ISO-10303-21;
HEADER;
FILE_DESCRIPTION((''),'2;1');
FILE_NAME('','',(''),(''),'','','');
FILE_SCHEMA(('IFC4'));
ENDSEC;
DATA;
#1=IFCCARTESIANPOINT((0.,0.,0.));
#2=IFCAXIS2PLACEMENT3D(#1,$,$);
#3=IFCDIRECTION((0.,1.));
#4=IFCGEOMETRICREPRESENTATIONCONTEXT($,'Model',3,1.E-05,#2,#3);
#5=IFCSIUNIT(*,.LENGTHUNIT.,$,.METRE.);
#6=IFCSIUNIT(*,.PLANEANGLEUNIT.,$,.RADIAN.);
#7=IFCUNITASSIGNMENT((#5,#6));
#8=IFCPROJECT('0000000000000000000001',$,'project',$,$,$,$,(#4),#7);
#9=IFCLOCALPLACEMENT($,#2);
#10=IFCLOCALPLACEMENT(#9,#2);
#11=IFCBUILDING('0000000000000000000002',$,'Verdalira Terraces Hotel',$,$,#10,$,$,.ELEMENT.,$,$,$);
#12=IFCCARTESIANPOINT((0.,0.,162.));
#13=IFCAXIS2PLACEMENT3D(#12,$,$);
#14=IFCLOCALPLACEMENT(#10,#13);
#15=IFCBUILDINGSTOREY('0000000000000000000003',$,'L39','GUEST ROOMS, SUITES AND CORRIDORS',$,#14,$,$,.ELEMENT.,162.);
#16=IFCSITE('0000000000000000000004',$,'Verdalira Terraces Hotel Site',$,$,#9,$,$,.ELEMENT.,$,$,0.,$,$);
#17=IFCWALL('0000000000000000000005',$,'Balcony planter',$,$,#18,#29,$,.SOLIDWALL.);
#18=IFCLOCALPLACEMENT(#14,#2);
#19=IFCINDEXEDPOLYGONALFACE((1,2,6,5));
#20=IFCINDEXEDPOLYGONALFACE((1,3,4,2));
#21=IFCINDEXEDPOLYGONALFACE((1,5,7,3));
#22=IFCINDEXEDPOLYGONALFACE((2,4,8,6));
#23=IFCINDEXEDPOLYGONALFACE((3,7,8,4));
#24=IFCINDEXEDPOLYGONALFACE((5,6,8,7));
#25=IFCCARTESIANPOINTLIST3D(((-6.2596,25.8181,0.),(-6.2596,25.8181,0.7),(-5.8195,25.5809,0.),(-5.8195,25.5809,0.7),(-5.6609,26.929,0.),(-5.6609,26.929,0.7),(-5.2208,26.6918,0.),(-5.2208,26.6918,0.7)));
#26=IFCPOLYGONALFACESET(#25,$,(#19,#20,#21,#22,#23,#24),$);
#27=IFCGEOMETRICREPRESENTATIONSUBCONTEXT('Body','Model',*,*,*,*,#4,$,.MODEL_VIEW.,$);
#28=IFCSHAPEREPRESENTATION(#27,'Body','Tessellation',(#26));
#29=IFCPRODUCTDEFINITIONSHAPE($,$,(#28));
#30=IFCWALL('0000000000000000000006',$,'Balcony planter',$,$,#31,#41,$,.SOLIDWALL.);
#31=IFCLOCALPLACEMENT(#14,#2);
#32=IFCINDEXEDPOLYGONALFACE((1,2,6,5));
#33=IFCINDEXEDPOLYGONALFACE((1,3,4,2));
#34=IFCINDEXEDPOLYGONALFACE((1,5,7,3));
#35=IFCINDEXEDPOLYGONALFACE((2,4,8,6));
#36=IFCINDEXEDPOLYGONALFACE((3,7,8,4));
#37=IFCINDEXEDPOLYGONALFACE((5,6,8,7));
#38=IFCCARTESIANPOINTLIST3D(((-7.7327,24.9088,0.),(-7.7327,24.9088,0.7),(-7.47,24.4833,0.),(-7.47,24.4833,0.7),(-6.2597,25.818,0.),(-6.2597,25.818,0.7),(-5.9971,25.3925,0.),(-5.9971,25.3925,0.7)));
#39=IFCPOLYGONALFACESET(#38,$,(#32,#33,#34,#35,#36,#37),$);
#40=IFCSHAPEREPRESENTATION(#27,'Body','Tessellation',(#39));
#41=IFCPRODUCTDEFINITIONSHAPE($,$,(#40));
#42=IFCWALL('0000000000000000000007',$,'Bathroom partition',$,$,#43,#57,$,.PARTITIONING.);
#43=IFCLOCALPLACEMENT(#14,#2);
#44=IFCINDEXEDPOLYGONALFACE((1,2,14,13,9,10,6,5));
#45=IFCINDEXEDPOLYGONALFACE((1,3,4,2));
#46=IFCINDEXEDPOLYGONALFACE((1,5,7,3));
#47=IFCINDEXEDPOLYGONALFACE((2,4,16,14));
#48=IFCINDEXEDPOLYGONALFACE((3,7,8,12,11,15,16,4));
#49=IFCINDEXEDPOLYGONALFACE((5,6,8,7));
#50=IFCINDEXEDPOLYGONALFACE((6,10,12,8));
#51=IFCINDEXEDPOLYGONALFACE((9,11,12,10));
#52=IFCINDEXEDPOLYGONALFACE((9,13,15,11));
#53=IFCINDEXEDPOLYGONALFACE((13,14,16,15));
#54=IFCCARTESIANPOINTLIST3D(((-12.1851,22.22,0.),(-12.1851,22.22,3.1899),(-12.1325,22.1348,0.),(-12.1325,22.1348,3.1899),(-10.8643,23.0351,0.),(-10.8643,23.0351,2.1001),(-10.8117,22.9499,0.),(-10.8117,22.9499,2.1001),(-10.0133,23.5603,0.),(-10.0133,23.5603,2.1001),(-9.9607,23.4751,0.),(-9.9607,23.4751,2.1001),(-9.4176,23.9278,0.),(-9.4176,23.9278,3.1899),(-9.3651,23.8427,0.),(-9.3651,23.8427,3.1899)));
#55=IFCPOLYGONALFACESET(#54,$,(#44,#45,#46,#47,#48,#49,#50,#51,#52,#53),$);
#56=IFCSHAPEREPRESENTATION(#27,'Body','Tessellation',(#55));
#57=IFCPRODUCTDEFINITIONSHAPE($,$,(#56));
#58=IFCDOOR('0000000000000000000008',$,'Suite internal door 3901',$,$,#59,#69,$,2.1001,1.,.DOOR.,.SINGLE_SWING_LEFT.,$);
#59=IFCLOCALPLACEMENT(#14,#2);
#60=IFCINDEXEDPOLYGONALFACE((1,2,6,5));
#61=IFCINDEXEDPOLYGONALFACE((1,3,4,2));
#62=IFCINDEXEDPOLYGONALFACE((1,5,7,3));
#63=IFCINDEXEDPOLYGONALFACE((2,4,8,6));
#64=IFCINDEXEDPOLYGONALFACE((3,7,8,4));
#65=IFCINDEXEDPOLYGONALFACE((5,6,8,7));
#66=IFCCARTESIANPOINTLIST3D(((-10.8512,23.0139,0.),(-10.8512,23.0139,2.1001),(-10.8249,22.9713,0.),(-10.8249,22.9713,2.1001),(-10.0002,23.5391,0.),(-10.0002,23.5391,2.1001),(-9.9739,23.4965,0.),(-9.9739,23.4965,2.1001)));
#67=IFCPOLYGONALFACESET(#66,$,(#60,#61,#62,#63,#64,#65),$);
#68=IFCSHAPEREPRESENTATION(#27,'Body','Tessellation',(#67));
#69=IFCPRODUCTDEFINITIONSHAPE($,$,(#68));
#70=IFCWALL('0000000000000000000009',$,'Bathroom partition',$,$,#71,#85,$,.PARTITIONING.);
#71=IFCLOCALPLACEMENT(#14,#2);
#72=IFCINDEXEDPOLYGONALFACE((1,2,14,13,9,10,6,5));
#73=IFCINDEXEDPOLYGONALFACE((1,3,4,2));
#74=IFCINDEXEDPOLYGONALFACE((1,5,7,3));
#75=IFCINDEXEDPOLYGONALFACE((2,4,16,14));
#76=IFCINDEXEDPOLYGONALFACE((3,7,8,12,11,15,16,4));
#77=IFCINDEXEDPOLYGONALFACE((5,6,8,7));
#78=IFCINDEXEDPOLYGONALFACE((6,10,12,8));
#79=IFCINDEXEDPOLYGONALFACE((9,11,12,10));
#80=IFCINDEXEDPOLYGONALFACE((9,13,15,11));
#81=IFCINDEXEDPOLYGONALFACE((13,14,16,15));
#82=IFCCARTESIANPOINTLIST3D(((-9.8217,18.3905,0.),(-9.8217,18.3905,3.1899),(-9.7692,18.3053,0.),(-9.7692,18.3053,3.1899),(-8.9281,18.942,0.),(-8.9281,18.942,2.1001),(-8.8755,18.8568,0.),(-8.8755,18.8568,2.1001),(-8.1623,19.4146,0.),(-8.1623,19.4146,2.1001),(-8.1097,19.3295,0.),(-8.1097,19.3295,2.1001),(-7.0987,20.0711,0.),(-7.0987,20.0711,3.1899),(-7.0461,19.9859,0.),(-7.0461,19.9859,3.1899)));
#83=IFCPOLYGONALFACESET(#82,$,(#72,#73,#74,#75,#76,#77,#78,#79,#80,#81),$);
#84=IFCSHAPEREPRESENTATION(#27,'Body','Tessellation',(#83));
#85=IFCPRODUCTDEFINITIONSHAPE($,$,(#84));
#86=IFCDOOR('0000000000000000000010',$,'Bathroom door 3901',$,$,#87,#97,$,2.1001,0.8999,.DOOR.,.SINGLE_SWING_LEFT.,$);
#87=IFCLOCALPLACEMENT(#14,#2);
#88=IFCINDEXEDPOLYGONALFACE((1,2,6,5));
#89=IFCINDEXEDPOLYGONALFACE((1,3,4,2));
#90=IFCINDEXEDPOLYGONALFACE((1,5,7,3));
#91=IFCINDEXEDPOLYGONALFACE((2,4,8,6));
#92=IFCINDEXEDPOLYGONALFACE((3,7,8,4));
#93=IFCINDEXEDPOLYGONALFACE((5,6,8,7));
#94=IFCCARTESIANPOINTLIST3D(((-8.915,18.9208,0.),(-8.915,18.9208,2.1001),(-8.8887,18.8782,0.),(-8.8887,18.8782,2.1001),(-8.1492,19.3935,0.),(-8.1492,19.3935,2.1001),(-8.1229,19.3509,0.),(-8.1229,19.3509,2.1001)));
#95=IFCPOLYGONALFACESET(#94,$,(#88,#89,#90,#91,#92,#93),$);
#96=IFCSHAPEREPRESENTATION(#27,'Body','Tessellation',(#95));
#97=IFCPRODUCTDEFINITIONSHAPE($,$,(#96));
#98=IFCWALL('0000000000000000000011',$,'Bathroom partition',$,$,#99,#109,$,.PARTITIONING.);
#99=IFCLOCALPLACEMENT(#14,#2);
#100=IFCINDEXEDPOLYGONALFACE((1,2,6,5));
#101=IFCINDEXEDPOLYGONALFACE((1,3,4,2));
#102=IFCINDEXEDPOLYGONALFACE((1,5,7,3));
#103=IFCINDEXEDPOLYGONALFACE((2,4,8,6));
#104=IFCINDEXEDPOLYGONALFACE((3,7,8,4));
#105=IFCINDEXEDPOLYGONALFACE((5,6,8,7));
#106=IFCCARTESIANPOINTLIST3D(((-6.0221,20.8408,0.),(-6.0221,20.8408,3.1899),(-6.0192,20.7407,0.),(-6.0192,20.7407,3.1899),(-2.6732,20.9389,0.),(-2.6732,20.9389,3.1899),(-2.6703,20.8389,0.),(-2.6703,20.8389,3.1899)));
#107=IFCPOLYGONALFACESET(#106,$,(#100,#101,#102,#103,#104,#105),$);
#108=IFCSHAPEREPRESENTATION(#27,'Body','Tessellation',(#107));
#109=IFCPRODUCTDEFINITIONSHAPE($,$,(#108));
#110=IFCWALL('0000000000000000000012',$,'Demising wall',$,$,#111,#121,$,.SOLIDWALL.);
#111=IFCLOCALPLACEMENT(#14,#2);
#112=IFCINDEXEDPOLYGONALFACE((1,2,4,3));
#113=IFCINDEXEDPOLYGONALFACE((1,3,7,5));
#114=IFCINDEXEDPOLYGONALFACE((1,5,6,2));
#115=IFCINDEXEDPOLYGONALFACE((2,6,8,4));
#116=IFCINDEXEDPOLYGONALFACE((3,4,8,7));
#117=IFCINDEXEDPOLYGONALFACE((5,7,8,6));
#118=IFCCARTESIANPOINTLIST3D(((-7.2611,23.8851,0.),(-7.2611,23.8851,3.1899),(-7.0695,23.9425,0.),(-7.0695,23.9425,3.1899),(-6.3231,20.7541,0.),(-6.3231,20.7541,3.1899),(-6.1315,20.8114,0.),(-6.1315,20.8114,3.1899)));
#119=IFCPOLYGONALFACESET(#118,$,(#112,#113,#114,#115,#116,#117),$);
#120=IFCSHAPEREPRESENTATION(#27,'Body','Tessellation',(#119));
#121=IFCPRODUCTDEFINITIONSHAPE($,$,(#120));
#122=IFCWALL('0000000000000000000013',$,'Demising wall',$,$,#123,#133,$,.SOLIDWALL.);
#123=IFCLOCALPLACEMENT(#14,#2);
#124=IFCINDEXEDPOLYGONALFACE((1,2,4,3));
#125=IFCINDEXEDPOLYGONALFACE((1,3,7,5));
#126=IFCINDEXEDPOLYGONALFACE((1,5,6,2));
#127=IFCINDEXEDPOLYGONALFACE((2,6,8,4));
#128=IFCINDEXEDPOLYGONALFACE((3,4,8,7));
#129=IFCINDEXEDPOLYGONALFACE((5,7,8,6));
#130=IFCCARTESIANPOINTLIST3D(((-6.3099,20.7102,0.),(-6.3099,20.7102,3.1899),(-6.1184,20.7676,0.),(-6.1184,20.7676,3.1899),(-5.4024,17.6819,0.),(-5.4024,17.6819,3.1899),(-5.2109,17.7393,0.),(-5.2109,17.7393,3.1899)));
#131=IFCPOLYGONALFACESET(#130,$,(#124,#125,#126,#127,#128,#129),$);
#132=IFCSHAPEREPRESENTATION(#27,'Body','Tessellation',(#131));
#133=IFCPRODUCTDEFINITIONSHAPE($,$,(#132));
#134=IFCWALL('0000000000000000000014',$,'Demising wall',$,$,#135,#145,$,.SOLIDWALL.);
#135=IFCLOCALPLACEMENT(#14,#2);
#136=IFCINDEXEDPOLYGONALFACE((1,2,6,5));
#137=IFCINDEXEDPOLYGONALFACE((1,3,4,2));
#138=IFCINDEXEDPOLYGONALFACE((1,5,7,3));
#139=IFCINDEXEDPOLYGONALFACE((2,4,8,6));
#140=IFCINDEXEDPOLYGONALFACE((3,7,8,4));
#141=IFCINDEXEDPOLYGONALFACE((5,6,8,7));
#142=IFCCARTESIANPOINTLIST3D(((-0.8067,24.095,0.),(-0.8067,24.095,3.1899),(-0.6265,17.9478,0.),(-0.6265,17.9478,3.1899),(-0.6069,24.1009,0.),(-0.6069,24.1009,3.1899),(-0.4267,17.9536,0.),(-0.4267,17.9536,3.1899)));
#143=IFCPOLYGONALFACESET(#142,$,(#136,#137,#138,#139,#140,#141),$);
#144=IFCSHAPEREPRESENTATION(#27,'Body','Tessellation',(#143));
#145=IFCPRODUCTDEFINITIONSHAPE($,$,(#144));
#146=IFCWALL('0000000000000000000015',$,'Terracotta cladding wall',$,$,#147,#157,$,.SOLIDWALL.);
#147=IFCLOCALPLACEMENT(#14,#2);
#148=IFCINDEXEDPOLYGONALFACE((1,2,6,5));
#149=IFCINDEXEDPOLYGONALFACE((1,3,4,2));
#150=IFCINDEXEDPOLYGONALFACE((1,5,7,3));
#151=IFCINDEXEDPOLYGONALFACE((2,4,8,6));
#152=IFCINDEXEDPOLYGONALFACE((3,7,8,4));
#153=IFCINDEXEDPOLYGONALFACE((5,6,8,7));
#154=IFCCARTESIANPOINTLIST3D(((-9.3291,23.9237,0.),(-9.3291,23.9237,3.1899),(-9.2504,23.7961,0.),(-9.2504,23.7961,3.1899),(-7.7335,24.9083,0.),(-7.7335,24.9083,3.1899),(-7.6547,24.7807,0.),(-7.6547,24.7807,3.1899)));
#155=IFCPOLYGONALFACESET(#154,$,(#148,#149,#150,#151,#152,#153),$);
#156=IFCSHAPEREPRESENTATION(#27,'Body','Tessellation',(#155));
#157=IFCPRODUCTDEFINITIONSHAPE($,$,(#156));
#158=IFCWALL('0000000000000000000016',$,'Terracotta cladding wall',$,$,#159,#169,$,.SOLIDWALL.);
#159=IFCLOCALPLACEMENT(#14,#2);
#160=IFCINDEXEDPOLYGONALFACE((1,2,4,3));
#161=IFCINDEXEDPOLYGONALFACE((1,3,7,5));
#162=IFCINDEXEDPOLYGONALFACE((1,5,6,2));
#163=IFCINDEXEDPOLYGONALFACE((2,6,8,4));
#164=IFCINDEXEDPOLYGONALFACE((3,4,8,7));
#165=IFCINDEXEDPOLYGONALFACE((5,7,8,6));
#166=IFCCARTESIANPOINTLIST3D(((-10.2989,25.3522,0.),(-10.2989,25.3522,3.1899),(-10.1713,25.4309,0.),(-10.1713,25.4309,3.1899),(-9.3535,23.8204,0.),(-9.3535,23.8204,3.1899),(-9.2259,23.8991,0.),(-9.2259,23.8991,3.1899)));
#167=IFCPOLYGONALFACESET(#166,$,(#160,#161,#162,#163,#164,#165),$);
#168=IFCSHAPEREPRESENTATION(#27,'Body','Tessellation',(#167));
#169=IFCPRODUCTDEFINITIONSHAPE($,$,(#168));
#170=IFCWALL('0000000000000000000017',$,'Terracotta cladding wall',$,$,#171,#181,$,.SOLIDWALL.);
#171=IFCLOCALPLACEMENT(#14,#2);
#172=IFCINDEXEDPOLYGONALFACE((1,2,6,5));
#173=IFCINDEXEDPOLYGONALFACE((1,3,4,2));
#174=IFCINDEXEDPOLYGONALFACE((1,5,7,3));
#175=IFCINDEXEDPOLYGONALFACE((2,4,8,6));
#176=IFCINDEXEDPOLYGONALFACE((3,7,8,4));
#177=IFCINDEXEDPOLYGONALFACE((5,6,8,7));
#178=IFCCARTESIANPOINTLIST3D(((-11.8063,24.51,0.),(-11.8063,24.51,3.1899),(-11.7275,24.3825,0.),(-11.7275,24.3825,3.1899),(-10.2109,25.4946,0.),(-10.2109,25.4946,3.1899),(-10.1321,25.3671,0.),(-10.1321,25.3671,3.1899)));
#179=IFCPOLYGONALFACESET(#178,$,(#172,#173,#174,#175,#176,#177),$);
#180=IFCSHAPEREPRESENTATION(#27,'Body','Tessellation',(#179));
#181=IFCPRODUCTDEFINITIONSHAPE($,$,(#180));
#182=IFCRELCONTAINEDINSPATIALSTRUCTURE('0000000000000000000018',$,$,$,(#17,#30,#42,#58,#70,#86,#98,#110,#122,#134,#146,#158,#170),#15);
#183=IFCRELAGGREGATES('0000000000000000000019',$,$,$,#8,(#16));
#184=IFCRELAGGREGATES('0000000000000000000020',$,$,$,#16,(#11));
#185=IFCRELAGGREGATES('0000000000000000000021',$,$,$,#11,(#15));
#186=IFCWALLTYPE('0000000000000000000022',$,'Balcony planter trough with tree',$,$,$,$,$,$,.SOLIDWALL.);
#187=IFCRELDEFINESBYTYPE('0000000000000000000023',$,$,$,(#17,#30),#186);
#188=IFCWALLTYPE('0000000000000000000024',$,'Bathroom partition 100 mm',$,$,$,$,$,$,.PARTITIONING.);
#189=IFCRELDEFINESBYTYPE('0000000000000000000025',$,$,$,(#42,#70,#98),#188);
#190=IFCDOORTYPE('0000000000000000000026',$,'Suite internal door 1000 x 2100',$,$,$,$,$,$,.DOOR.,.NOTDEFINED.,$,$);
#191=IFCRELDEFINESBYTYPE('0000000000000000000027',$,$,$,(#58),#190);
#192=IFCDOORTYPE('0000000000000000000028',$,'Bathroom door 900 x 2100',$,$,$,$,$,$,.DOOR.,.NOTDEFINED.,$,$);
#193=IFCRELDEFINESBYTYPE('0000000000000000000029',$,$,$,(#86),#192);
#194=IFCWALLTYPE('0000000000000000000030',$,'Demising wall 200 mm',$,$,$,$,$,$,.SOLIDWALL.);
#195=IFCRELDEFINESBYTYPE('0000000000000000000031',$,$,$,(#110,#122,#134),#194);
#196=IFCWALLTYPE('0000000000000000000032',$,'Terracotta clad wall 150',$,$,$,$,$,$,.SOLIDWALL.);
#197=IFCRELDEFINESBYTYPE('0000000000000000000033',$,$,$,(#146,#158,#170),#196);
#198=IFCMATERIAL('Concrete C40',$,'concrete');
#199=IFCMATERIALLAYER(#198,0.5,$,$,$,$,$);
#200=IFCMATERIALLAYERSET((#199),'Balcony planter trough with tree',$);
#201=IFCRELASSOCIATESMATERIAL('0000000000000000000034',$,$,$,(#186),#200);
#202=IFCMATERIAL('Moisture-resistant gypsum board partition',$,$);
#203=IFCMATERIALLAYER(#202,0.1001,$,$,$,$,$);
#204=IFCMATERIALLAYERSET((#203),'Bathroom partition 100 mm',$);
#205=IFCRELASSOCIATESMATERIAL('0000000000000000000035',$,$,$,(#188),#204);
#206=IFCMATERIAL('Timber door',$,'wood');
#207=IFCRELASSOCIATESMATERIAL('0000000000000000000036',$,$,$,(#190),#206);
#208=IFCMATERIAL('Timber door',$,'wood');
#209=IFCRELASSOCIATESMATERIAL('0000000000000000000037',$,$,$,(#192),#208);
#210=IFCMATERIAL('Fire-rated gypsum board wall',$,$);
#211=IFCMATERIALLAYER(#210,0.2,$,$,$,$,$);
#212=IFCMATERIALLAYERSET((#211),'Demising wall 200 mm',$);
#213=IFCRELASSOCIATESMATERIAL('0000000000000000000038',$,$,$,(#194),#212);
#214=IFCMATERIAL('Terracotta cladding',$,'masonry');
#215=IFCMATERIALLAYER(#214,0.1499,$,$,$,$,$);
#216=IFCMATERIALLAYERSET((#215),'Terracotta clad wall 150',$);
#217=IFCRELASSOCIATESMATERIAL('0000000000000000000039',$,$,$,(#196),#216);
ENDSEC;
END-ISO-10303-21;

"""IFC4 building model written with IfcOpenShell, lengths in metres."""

from ifc_helpers import new_model, si_unit, direction, frame, frame_2d, origin, place, context, subcontext, project, spatial, rectangle, extrude, material, layer, layer_set, type_object, element, fill, save


model = new_model("IFC4")

# Units and contexts
model_context = context("Model", 3, precision=1e-05, world=origin(), true_north=direction((0.0, 1.0)))
body_context = subcontext(model_context, "Body", "Model", "MODEL_VIEW")
ifc_project = project(units=[si_unit("LENGTHUNIT", "METRE"), si_unit("PLANEANGLEUNIT", "RADIAN")], contexts=[model_context])

# Site, building, storey
site_placement = place(None, origin())
site = spatial("IfcSite", under=ifc_project, at=site_placement, Name="Verdalira Terraces Hotel Site", CompositionType="ELEMENT", RefElevation=0.0)
building_placement = place(site_placement, origin())
building = spatial("IfcBuilding", under=site, at=building_placement, Name="Verdalira Terraces Hotel", CompositionType="ELEMENT")
storey_placement = place(building_placement, frame((0.0, 0.0, 162.0)))
storey = spatial("IfcBuildingStorey", under=building, at=storey_placement, Name="L39", Description="GUEST ROOMS, SUITES AND CORRIDORS", CompositionType="ELEMENT", Elevation=162.0)

# Walls
ifc_material_1 = material(Name="Concrete C40", Category="concrete")
ifc_layer_1 = layer(ifc_material_1, 0.5)
ifc_layer_set_1 = layer_set([ifc_layer_1], Name="Balcony planter trough with tree")
wall_type_1 = type_object("IfcWallType", Name="Balcony planter trough with tree", PredefinedType="SOLIDWALL", material=ifc_layer_set_1)
wall_1_placement = place(storey_placement, frame((-5.4409, 26.8103, 0.0), z_axis=(0.0, 0.0, 1.0), x_axis=(-0.4744, -0.88031, 0.0)))
element("IfcWall", 1, at=wall_1_placement, inside=storey, type_object=wall_type_1, Name="Balcony planter", PredefinedType="SOLIDWALL", context=body_context, shape_type="SweptSolid", body=[
    extrude(rectangle(XDim=1.262, YDim=0.5, at=frame_2d((0.6309, 0.0))), origin(), (0.0, 0.0, 1.0), 0.7),
])
wall_2_placement = place(storey_placement, frame((-6.1284, 25.6052, 0.0), z_axis=(0.0, 0.0, 1.0), x_axis=(-0.850941, -0.525262, 0.0)))
element("IfcWall", 2, at=wall_2_placement, inside=storey, type_object=wall_type_1, Name="Balcony planter", PredefinedType="SOLIDWALL", context=body_context, shape_type="SweptSolid", body=[
    extrude(rectangle(XDim=1.731, YDim=0.5, at=frame_2d((0.8655, 0.0))), origin(), (0.0, 0.0, 1.0), 0.7),
])

# Walls, openings, doors
ifc_material_2 = material(Name="Moisture-resistant gypsum board partition")
ifc_layer_2 = layer(ifc_material_2, 0.1001)
ifc_layer_set_2 = layer_set([ifc_layer_2], Name="Bathroom partition 100 mm")
wall_type_2 = type_object("IfcWallType", Name="Bathroom partition 100 mm", PredefinedType="PARTITIONING", material=ifc_layer_set_2)
wall_3_placement = place(storey_placement, frame((-9.3914, 23.8853, 0.0), z_axis=(0.0, 0.0, 1.0), x_axis=(-0.851, -0.525165, 0.0)))
wall_3 = element("IfcWall", 3, at=wall_3_placement, inside=storey, type_object=wall_type_2, Name="Bathroom partition", PredefinedType="PARTITIONING", context=body_context, shape_type="SweptSolid", body=[
    extrude(rectangle(XDim=3.252, YDim=0.1001, at=frame_2d((1.626, 0.0))), origin(), (0.0, 0.0, 1.0), 3.1899),
])
opening_1_placement = place(wall_3_placement, frame((0.7, 0.0, 0.0)))
opening_1 = element("IfcOpeningElement", 4, at=opening_1_placement, cuts=wall_3, PredefinedType="OPENING", context=body_context, shape_type="SweptSolid", body=[
    extrude(rectangle(XDim=1.0, YDim=2.1001, at=frame_2d((0.5, 1.05))), frame((0.0, 0.0601, 0.0), z_axis=(0.0, -1.0, 0.0), x_axis=(1.0, 0.0, 0.0)), (0.0, 0.0, 1.0), 0.1201),
])
ifc_material_3 = material(Name="Timber door", Category="wood")
door_type_1 = type_object("IfcDoorType", Name="Suite internal door 1000 x 2100", OperationType="NOTDEFINED", PredefinedType="DOOR", material=ifc_material_3)
door_1_placement = place(opening_1_placement, origin())
door_1 = element("IfcDoor", 5, at=door_1_placement, inside=storey, type_object=door_type_1, Name="Suite internal door 3901", OperationType="SINGLE_SWING_LEFT", OverallHeight=2.1001, OverallWidth=1.0, PredefinedType="DOOR", context=body_context, shape_type="SweptSolid", body=[
    extrude(rectangle(XDim=1.0, YDim=2.1001, at=frame_2d((0.5, 1.05))), frame((0.0, 0.0249, 0.0), z_axis=(0.0, -1.0, 0.0), x_axis=(1.0, 0.0, 0.0)), (0.0, 0.0, 1.0), 0.05),
])
fill(opening_1, door_1)
wall_4_placement = place(storey_placement, frame((-7.0723, 20.0286, 0.0), z_axis=(0.0, 0.0, 1.0), x_axis=(-0.850977, -0.525204, 0.0)))
wall_4 = element("IfcWall", 6, at=wall_4_placement, inside=storey, type_object=wall_type_2, Name="Bathroom partition", PredefinedType="PARTITIONING", context=body_context, shape_type="SweptSolid", body=[
    extrude(rectangle(XDim=3.2, YDim=0.1001, at=frame_2d((1.6001, 0.0))), origin(), (0.0, 0.0, 1.0), 3.1899),
])
opening_2_placement = place(wall_4_placement, frame((1.25, 0.0, 0.0)))
opening_2 = element("IfcOpeningElement", 7, at=opening_2_placement, cuts=wall_4, PredefinedType="OPENING", context=body_context, shape_type="SweptSolid", body=[
    extrude(rectangle(XDim=0.8999, YDim=2.1001, at=frame_2d((0.45, 1.05))), frame((0.0, 0.0601, 0.0), z_axis=(0.0, -1.0, 0.0), x_axis=(1.0, 0.0, 0.0)), (0.0, 0.0, 1.0), 0.1201),
])
ifc_material_4 = material(Name="Timber door", Category="wood")
door_type_2 = type_object("IfcDoorType", Name="Bathroom door 900 x 2100", OperationType="NOTDEFINED", PredefinedType="DOOR", material=ifc_material_4)
door_2_placement = place(opening_2_placement, origin())
door_2 = element("IfcDoor", 8, at=door_2_placement, inside=storey, type_object=door_type_2, Name="Bathroom door 3901", OperationType="SINGLE_SWING_LEFT", OverallHeight=2.1001, OverallWidth=0.8999, PredefinedType="DOOR", context=body_context, shape_type="SweptSolid", body=[
    extrude(rectangle(XDim=0.8999, YDim=2.1001, at=frame_2d((0.45, 1.05))), frame((0.0, 0.0249, 0.0), z_axis=(0.0, -1.0, 0.0), x_axis=(1.0, 0.0, 0.0)), (0.0, 0.0, 1.0), 0.05),
])
fill(opening_2, door_2)

# Walls
wall_5_placement = place(storey_placement, frame((-6.0208, 20.7908, 0.0), z_axis=(0.0, 0.0, 1.0), x_axis=(0.999571, 0.029294, 0.0)))
element("IfcWall", 9, at=wall_5_placement, inside=storey, type_object=wall_type_2, Name="Bathroom partition", PredefinedType="PARTITIONING", context=body_context, shape_type="SweptSolid", body=[
    extrude(rectangle(XDim=3.3503, YDim=0.1001, at=frame_2d((1.6753, 0.0))), origin(), (0.0, 0.0, 1.0), 3.1899),
])
ifc_material_5 = material(Name="Fire-rated gypsum board wall")
ifc_layer_3 = layer(ifc_material_5, 0.2)
ifc_layer_set_3 = layer_set([ifc_layer_3], Name="Demising wall 200 mm")
wall_type_3 = type_object("IfcWallType", Name="Demising wall 200 mm", PredefinedType="SOLIDWALL", material=ifc_layer_set_3)
wall_6_placement = place(storey_placement, frame((-7.1653, 23.9138, 0.0), z_axis=(0.0, 0.0, 1.0), x_axis=(0.286971, -0.957939, 0.0)))
element("IfcWall", 10, at=wall_6_placement, inside=storey, type_object=wall_type_3, Name="Demising wall", PredefinedType="SOLIDWALL", context=body_context, shape_type="SweptSolid", body=[
    extrude(rectangle(XDim=3.2686, YDim=0.2, at=frame_2d((1.6343, 0.0))), origin(), (0.0, 0.0, 1.0), 3.1899),
])
wall_7_placement = place(storey_placement, frame((-6.2141, 20.7388, 0.0), z_axis=(0.0, 0.0, 1.0), x_axis=(0.28705, -0.957916, 0.0)))
element("IfcWall", 11, at=wall_7_placement, inside=storey, type_object=wall_type_3, Name="Demising wall", PredefinedType="SOLIDWALL", context=body_context, shape_type="SweptSolid", body=[
    extrude(rectangle(XDim=3.1614, YDim=0.2, at=frame_2d((1.5806, 0.0))), origin(), (0.0, 0.0, 1.0), 3.1899),
])
wall_8_placement = place(storey_placement, frame((-0.5266, 17.9507, 0.0), z_axis=(0.0, 0.0, 1.0), x_axis=(-0.029298, 0.999571, 0.0)))
element("IfcWall", 12, at=wall_8_placement, inside=storey, type_object=wall_type_3, Name="Demising wall", PredefinedType="SOLIDWALL", context=body_context, shape_type="SweptSolid", body=[
    extrude(rectangle(XDim=6.1499, YDim=0.2, at=frame_2d((3.075, 0.0))), origin(), (0.0, 0.0, 1.0), 3.1899),
])
ifc_material_6 = material(Name="Terracotta cladding", Category="masonry")
ifc_layer_4 = layer(ifc_material_6, 0.1499)
ifc_layer_set_4 = layer_set([ifc_layer_4], Name="Terracotta clad wall 150")
wall_type_4 = type_object("IfcWallType", Name="Terracotta clad wall 150", PredefinedType="SOLIDWALL", material=ifc_layer_set_4)
wall_9_placement = place(storey_placement, frame((-7.6941, 24.8445, 0.0), z_axis=(0.0, 0.0, 1.0), x_axis=(-0.851027, -0.525121, 0.0)))
element("IfcWall", 13, at=wall_9_placement, inside=storey, type_object=wall_type_4, Name="Terracotta cladding wall", PredefinedType="SOLIDWALL", context=body_context, shape_type="SweptSolid", body=[
    extrude(rectangle(XDim=1.875, YDim=0.1499, at=frame_2d((0.9375, 0.0))), origin(), (0.0, 0.0, 1.0), 3.1899),
])
wall_10_placement = place(storey_placement, frame((-9.2898, 23.8599, 0.0), z_axis=(0.0, 0.0, 1.0), x_axis=(-0.525187, 0.850987, 0.0)))
element("IfcWall", 14, at=wall_10_placement, inside=storey, type_object=wall_type_4, Name="Terracotta cladding wall", PredefinedType="SOLIDWALL", context=body_context, shape_type="SweptSolid", body=[
    extrude(rectangle(XDim=1.8, YDim=0.1499, at=frame_2d((0.8999, 0.0))), origin(), (0.0, 0.0, 1.0), 3.1899),
])
wall_11_placement = place(storey_placement, frame((-10.1714, 25.4309, 0.0), z_axis=(0.0, 0.0, 1.0), x_axis=(-0.850991, -0.52518, 0.0)))
element("IfcWall", 15, at=wall_11_placement, inside=storey, type_object=wall_type_4, Name="Terracotta cladding wall", PredefinedType="SOLIDWALL", context=body_context, shape_type="SweptSolid", body=[
    extrude(rectangle(XDim=1.8748, YDim=0.1499, at=frame_2d((0.9375, 0.0))), origin(), (0.0, 0.0, 1.0), 3.1899),
])

save(model, "model.ifc")
